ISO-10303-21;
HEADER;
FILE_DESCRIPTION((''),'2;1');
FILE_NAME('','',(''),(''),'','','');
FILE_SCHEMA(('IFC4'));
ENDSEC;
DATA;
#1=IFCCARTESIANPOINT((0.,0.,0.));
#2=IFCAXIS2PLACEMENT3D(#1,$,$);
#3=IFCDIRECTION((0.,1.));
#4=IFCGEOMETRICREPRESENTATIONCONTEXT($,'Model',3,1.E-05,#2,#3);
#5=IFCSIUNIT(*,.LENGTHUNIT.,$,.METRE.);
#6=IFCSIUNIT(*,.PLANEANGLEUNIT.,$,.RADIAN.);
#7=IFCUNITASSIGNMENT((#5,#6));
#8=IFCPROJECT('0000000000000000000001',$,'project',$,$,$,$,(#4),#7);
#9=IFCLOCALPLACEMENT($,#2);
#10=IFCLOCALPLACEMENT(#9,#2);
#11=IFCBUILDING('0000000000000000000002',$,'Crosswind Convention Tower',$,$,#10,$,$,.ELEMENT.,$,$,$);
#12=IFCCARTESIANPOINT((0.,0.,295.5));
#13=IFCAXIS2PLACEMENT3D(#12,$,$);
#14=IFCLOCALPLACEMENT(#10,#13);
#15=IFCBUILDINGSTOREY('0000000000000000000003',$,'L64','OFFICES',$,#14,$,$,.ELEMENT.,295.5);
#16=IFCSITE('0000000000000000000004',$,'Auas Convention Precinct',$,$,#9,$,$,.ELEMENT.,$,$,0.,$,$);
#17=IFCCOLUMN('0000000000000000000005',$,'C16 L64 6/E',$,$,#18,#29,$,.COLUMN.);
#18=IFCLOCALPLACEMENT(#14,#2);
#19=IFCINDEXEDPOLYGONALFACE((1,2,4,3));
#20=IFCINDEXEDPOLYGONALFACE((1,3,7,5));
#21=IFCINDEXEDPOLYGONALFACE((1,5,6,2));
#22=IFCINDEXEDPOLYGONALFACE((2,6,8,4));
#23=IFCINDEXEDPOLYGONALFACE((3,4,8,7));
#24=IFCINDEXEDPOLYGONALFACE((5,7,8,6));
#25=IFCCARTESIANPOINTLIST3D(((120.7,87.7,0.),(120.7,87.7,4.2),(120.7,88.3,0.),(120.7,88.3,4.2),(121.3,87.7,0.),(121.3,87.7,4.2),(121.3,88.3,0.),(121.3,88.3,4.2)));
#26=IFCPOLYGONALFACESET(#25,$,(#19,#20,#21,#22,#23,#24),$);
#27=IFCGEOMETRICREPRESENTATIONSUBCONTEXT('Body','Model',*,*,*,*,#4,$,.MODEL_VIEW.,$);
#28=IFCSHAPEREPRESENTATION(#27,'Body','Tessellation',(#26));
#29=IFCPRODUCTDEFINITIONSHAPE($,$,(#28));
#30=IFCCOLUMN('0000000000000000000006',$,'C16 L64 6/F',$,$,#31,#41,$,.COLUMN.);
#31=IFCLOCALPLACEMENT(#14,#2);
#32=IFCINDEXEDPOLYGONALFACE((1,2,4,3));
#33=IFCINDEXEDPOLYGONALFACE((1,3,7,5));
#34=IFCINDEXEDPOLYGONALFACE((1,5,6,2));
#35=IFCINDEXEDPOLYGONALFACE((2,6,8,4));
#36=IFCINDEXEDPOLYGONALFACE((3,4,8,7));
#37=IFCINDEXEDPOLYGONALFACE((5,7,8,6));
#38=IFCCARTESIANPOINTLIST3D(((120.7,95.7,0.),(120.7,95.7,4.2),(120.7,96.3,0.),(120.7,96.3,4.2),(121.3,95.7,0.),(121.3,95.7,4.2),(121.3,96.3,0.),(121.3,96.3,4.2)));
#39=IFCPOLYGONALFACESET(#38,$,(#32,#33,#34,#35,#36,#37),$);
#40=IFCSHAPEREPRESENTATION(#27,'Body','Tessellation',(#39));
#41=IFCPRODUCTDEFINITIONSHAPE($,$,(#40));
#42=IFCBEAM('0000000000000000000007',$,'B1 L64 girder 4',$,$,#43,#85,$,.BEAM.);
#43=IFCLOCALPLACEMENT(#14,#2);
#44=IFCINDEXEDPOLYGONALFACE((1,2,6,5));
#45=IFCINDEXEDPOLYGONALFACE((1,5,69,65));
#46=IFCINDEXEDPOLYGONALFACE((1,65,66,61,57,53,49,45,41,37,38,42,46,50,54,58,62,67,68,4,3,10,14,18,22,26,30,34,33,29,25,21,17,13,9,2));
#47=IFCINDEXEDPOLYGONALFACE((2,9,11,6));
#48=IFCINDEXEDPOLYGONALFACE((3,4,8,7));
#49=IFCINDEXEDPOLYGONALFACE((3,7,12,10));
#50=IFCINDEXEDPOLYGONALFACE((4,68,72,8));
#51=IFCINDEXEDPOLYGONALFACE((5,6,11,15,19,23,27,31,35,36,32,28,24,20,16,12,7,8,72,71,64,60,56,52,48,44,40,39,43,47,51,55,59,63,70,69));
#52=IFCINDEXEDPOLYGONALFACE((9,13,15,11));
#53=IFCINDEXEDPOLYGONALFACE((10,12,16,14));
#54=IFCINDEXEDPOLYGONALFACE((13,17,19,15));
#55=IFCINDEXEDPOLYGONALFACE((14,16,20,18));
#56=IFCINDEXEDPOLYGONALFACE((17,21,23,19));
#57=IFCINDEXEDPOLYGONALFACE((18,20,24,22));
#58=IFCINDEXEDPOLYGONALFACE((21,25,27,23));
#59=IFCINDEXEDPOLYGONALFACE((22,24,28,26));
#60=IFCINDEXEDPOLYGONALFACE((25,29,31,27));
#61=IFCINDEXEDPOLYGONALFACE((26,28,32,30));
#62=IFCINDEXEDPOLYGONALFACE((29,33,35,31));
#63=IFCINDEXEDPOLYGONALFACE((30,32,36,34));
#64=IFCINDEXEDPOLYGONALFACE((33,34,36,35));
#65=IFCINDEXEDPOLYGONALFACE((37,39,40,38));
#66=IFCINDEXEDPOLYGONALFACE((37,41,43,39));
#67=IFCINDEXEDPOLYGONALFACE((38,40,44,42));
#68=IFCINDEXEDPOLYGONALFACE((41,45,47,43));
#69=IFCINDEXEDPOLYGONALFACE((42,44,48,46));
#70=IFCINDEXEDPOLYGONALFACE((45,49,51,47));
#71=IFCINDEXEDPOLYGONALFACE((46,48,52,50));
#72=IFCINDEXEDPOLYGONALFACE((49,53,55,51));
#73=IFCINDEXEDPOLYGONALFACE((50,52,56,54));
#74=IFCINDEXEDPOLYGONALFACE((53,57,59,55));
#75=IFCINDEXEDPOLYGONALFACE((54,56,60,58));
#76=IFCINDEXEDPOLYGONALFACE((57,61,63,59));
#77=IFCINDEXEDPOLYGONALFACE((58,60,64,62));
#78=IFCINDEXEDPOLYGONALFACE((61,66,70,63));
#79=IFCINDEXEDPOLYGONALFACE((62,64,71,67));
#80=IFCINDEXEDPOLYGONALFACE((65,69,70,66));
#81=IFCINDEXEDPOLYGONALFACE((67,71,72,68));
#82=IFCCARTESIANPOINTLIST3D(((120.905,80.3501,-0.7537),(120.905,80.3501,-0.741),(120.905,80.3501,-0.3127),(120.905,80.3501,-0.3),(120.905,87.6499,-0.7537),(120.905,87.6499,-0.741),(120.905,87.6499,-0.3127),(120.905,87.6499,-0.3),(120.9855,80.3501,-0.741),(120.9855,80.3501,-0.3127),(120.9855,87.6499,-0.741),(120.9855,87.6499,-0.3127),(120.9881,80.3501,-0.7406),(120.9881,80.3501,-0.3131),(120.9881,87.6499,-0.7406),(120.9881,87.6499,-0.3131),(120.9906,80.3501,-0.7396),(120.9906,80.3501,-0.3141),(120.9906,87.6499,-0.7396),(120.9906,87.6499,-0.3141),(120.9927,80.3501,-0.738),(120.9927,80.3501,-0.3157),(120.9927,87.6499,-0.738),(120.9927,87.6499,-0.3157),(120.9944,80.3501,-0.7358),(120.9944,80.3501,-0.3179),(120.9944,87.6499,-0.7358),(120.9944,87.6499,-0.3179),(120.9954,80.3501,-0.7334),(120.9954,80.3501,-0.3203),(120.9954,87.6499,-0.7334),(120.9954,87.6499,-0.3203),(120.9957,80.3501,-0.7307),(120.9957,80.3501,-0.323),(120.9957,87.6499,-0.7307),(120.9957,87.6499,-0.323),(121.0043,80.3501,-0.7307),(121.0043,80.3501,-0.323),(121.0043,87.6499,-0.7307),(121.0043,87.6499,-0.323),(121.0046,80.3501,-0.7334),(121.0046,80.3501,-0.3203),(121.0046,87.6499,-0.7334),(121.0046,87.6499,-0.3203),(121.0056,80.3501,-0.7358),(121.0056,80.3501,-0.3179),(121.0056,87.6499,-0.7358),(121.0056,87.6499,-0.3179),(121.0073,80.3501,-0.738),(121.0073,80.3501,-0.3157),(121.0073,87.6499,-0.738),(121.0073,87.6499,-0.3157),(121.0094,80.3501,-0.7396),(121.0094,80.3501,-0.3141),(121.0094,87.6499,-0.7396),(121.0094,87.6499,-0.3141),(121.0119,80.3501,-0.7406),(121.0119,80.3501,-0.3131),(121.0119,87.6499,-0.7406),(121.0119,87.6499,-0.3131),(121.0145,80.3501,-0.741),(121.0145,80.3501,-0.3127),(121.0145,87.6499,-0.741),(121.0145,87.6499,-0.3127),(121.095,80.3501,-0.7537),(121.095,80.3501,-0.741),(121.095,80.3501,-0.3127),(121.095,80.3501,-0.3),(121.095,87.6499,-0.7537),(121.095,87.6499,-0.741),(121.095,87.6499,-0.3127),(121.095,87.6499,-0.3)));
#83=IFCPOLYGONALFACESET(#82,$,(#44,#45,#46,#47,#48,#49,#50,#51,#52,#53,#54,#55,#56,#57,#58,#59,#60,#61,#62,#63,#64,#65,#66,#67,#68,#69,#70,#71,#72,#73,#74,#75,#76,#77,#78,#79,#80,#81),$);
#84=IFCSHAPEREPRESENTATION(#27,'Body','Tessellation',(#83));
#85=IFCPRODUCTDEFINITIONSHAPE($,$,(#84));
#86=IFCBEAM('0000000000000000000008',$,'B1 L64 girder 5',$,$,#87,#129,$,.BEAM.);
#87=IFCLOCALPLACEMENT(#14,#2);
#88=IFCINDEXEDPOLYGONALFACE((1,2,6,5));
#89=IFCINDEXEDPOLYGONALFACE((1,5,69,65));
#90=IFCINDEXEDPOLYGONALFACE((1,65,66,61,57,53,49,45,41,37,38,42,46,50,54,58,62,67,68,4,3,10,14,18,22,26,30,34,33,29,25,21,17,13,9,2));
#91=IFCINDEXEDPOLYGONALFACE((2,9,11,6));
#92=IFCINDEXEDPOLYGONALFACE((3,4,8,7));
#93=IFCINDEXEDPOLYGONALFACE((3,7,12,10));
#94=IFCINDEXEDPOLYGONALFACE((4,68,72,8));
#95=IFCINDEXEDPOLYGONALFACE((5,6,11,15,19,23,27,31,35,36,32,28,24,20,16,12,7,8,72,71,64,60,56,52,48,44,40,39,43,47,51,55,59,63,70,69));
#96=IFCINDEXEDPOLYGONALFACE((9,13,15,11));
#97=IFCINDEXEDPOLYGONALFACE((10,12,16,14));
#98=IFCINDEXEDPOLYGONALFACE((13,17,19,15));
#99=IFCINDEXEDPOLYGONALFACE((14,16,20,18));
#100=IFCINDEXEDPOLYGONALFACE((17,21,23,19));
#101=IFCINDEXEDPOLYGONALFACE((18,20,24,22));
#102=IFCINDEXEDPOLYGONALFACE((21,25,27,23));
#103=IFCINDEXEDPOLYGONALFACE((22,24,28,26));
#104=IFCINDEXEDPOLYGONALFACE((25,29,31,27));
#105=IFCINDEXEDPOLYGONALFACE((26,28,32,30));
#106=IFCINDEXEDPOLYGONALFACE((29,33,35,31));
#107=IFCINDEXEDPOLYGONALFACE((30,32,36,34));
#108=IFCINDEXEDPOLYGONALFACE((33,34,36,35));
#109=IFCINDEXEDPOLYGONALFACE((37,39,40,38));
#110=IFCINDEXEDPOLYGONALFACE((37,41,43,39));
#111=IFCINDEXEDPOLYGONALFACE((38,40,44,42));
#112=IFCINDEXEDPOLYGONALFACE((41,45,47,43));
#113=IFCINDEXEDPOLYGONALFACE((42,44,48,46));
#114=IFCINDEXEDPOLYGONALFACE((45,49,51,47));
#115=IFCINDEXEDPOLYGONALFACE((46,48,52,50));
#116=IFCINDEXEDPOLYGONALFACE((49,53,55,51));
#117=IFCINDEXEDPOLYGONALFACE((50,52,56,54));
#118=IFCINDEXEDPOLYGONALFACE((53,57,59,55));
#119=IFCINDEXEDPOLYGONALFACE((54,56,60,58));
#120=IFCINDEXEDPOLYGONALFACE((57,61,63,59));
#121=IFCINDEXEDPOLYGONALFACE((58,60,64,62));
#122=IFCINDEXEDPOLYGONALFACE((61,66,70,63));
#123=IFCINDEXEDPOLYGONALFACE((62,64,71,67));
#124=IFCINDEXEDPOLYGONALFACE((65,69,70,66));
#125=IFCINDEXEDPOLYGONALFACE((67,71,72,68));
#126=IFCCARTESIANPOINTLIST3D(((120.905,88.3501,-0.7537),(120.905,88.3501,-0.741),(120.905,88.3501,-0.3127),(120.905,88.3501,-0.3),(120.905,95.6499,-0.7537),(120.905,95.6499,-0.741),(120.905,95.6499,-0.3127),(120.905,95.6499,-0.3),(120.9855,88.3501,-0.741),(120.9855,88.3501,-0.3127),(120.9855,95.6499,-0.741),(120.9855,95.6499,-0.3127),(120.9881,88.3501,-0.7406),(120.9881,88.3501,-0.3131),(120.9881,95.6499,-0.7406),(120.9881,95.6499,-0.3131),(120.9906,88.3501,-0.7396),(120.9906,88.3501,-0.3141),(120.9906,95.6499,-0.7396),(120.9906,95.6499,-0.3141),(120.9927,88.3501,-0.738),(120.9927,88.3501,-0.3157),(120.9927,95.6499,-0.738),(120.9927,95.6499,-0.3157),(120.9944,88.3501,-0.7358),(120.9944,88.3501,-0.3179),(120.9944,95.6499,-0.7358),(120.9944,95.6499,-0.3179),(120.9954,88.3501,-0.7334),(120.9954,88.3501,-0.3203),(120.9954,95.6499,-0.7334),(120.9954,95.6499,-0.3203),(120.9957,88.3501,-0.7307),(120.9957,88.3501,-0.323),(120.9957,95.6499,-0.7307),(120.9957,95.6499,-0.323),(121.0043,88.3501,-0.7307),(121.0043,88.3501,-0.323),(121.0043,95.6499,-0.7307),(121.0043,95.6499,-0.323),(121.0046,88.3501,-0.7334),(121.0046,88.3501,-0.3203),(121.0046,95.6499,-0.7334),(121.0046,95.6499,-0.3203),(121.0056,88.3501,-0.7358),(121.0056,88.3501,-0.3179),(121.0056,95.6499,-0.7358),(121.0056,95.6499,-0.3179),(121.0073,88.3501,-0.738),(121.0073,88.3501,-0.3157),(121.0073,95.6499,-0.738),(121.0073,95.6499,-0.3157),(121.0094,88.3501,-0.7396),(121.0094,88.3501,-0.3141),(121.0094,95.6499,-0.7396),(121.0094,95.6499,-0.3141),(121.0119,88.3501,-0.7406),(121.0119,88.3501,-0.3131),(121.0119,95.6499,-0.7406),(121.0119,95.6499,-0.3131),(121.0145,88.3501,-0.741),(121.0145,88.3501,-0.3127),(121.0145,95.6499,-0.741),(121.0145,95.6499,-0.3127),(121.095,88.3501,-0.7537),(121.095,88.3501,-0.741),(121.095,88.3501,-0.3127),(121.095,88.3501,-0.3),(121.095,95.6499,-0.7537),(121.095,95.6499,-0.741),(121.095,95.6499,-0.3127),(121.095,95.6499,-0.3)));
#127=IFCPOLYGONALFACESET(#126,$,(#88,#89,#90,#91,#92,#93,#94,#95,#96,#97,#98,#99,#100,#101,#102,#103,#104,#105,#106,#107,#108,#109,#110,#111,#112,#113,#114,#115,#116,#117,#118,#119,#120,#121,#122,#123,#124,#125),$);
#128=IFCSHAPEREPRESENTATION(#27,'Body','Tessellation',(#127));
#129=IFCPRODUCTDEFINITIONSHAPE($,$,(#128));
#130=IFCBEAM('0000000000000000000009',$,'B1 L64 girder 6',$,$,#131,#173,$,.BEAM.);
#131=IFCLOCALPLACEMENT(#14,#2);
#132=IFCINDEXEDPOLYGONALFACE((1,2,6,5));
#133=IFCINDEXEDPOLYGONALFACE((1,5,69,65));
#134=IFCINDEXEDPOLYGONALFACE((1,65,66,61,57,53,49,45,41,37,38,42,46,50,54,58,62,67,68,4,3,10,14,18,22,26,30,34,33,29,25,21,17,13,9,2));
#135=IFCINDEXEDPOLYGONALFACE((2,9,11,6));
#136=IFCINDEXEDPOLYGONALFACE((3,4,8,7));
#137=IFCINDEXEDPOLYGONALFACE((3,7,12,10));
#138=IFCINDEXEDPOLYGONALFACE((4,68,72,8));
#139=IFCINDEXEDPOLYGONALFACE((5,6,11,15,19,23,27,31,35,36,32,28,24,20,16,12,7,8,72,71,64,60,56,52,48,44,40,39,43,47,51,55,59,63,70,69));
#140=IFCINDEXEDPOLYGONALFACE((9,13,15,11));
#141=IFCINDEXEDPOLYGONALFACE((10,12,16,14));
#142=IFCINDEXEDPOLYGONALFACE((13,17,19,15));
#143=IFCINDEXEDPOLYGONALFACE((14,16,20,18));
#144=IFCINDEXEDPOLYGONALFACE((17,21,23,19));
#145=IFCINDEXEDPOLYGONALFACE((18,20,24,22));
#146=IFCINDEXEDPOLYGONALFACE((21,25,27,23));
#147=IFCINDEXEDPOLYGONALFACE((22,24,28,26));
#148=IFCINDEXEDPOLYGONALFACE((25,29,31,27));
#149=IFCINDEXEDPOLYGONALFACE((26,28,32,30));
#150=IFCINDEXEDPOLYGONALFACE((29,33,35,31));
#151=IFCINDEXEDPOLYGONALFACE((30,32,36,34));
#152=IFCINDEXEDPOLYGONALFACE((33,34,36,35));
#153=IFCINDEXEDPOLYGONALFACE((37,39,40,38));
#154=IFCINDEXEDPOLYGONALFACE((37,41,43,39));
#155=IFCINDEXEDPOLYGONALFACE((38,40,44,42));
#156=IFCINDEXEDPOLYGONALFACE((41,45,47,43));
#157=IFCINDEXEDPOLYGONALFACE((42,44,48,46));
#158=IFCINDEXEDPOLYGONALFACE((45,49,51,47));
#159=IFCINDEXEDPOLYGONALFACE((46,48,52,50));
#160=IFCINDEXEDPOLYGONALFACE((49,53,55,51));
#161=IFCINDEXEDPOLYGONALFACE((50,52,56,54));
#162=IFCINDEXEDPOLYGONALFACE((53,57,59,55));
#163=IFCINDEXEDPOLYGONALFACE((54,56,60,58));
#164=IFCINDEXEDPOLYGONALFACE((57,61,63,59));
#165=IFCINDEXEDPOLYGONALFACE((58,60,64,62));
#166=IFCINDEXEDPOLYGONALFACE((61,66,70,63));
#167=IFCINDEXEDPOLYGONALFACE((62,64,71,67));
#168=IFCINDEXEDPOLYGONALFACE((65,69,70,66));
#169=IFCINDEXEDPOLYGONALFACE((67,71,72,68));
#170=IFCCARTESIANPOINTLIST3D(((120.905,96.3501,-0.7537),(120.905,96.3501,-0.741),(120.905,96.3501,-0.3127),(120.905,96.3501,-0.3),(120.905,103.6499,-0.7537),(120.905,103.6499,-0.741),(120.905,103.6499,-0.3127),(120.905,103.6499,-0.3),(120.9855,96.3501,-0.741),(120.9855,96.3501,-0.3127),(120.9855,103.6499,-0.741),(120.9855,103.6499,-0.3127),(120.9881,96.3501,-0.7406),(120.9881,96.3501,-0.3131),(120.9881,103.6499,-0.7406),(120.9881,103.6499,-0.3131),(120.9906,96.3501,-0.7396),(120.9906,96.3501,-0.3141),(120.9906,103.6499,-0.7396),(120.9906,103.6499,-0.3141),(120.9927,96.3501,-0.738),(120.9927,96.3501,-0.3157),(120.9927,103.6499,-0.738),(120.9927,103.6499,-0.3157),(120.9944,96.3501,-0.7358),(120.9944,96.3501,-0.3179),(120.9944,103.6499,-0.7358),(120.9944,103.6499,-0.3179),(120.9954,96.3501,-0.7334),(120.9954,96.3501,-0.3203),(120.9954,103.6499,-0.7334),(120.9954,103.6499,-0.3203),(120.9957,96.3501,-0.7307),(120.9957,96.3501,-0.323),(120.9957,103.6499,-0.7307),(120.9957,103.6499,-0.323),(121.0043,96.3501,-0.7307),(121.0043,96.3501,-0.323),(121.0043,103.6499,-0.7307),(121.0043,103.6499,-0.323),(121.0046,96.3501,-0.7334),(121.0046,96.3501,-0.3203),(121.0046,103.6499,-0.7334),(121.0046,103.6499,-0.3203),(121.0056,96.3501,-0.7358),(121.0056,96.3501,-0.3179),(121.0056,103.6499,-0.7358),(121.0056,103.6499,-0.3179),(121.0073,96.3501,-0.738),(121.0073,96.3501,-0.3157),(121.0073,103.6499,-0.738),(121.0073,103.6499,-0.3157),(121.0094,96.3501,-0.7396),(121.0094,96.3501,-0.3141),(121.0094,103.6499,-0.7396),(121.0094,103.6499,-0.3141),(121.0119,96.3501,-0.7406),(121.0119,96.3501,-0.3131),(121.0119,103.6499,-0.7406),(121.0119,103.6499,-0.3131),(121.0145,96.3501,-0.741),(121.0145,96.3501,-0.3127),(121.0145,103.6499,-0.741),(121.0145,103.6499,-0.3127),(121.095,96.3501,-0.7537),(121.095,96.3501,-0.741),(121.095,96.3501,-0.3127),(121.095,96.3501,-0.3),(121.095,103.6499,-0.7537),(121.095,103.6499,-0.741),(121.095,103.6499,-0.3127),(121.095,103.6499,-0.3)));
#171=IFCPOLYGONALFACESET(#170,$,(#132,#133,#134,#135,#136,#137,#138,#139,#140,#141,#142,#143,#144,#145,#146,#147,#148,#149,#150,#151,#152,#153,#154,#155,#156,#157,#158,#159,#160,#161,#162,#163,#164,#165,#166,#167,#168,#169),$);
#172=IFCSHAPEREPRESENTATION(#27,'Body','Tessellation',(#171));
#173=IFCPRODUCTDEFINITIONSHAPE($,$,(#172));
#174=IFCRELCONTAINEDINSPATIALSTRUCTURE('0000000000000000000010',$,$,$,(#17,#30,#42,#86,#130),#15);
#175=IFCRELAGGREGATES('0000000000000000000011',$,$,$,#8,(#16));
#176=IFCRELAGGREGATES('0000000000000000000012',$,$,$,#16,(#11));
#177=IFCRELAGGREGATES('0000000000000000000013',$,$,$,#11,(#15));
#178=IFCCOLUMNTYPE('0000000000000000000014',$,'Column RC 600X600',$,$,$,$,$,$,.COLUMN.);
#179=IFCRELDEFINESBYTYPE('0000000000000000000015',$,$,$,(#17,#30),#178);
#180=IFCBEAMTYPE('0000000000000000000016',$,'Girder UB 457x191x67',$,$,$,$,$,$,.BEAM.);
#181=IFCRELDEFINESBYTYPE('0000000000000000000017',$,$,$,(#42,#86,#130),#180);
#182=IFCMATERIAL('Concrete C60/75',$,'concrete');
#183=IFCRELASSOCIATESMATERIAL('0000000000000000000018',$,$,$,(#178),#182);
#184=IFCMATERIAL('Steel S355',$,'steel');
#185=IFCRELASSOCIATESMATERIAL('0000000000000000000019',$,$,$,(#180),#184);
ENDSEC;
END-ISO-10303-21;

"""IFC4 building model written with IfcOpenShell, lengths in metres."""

from ifc_helpers import new_model, si_unit, direction, frame, origin, origin_2d, place, context, subcontext, project, spatial, rectangle, i_section, extrude, material, material_profile, profile_set, type_object, element, save


model = new_model("IFC4")

# Units and contexts
model_context = context("Model", 3, precision=1e-05, world=origin(), true_north=direction((0.0, 1.0)))
body_context = subcontext(model_context, "Body", "Model", "MODEL_VIEW")
ifc_project = project(units=[si_unit("LENGTHUNIT", "METRE"), si_unit("PLANEANGLEUNIT", "RADIAN")], contexts=[model_context])

# Site, building, storey
site_placement = place(None, origin())
site = spatial("IfcSite", under=ifc_project, at=site_placement, Name="Auas Convention Precinct", CompositionType="ELEMENT", RefElevation=0.0)
building_placement = place(site_placement, origin())
building = spatial("IfcBuilding", under=site, at=building_placement, Name="Crosswind Convention Tower", CompositionType="ELEMENT")
storey_placement = place(building_placement, frame((0.0, 0.0, 295.5)))
storey = spatial("IfcBuildingStorey", under=building, at=storey_placement, Name="L64", Description="OFFICES", CompositionType="ELEMENT", Elevation=295.5)

# Columns
ifc_material_1 = material(Name="Concrete C60/75", Category="concrete")
ifc_material_profile_1 = material_profile(ifc_material_1, rectangle(XDim=0.6001, YDim=0.6001, at=origin_2d()), Name="RC 600X600")
ifc_profile_set_1 = profile_set([ifc_material_profile_1], Name="Concrete C60/75")
column_type = type_object("IfcColumnType", Name="Column RC 600X600", PredefinedType="COLUMN", material=ifc_profile_set_1)
for number, where, z_axis, x_axis, name in (
    (1, (121.0, 88.0, 0.0), (0.0, 0.0, 1.0), (1.0, 0.0, 0.0), "C16 L64 6/E"),
    (2, (121.0, 96.0, 0.0), (0.0, 0.0, 1.0), (1.0, 0.0, 0.0), "C16 L64 6/F"),
):
    element("IfcColumn", number, at=place(storey_placement, frame(where, z_axis=z_axis, x_axis=x_axis)), inside=storey, type_object=column_type, Name=name, PredefinedType="COLUMN", context=body_context, shape_type="SweptSolid", body=[
        extrude(rectangle(XDim=0.6001, YDim=0.6001, at=origin_2d()), origin(), (0.0, 0.0, 1.0), 4.2),
    ])

# Beams
ifc_material_2 = material(Name="Steel S355", Category="steel")
ifc_material_profile_2 = material_profile(ifc_material_2, i_section(OverallWidth=0.1899, OverallDepth=0.4536, WebThickness=0.0085, FlangeThickness=0.0127, FilletRadius=0.0103, at=origin_2d()), Name="UB 457x191x67")
ifc_profile_set_2 = profile_set([ifc_material_profile_2], Name="Steel S355")
beam_type_1 = type_object("IfcBeamType", Name="Girder UB 457x191x67", PredefinedType="BEAM", material=ifc_profile_set_2)
for number, where, z_axis, x_axis, name in (
    (3, (121.0, 80.3501, -0.5269), (0.0, 1.0, 0.0), (-1.0, 0.0, 0.0), "B1 L64 girder 4"),
    (4, (121.0, 88.3501, -0.5269), (0.0, 1.0, 0.0), (-1.0, 0.0, 0.0), "B1 L64 girder 5"),
    (5, (121.0, 96.3501, -0.5269), (0.0, 1.0, 0.0), (-1.0, 0.0, 0.0), "B1 L64 girder 6"),
):
    element("IfcBeam", number, at=place(storey_placement, frame(where, z_axis=z_axis, x_axis=x_axis)), inside=storey, type_object=beam_type_1, Name=name, PredefinedType="BEAM", context=body_context, shape_type="SweptSolid", body=[
        extrude(i_section(OverallWidth=0.1899, OverallDepth=0.4536, WebThickness=0.0085, FlangeThickness=0.0127, FilletRadius=0.0103, at=origin_2d()), origin(), (0.0, 0.0, 1.0), 7.2998),
    ])

save(model, "model.ifc")
